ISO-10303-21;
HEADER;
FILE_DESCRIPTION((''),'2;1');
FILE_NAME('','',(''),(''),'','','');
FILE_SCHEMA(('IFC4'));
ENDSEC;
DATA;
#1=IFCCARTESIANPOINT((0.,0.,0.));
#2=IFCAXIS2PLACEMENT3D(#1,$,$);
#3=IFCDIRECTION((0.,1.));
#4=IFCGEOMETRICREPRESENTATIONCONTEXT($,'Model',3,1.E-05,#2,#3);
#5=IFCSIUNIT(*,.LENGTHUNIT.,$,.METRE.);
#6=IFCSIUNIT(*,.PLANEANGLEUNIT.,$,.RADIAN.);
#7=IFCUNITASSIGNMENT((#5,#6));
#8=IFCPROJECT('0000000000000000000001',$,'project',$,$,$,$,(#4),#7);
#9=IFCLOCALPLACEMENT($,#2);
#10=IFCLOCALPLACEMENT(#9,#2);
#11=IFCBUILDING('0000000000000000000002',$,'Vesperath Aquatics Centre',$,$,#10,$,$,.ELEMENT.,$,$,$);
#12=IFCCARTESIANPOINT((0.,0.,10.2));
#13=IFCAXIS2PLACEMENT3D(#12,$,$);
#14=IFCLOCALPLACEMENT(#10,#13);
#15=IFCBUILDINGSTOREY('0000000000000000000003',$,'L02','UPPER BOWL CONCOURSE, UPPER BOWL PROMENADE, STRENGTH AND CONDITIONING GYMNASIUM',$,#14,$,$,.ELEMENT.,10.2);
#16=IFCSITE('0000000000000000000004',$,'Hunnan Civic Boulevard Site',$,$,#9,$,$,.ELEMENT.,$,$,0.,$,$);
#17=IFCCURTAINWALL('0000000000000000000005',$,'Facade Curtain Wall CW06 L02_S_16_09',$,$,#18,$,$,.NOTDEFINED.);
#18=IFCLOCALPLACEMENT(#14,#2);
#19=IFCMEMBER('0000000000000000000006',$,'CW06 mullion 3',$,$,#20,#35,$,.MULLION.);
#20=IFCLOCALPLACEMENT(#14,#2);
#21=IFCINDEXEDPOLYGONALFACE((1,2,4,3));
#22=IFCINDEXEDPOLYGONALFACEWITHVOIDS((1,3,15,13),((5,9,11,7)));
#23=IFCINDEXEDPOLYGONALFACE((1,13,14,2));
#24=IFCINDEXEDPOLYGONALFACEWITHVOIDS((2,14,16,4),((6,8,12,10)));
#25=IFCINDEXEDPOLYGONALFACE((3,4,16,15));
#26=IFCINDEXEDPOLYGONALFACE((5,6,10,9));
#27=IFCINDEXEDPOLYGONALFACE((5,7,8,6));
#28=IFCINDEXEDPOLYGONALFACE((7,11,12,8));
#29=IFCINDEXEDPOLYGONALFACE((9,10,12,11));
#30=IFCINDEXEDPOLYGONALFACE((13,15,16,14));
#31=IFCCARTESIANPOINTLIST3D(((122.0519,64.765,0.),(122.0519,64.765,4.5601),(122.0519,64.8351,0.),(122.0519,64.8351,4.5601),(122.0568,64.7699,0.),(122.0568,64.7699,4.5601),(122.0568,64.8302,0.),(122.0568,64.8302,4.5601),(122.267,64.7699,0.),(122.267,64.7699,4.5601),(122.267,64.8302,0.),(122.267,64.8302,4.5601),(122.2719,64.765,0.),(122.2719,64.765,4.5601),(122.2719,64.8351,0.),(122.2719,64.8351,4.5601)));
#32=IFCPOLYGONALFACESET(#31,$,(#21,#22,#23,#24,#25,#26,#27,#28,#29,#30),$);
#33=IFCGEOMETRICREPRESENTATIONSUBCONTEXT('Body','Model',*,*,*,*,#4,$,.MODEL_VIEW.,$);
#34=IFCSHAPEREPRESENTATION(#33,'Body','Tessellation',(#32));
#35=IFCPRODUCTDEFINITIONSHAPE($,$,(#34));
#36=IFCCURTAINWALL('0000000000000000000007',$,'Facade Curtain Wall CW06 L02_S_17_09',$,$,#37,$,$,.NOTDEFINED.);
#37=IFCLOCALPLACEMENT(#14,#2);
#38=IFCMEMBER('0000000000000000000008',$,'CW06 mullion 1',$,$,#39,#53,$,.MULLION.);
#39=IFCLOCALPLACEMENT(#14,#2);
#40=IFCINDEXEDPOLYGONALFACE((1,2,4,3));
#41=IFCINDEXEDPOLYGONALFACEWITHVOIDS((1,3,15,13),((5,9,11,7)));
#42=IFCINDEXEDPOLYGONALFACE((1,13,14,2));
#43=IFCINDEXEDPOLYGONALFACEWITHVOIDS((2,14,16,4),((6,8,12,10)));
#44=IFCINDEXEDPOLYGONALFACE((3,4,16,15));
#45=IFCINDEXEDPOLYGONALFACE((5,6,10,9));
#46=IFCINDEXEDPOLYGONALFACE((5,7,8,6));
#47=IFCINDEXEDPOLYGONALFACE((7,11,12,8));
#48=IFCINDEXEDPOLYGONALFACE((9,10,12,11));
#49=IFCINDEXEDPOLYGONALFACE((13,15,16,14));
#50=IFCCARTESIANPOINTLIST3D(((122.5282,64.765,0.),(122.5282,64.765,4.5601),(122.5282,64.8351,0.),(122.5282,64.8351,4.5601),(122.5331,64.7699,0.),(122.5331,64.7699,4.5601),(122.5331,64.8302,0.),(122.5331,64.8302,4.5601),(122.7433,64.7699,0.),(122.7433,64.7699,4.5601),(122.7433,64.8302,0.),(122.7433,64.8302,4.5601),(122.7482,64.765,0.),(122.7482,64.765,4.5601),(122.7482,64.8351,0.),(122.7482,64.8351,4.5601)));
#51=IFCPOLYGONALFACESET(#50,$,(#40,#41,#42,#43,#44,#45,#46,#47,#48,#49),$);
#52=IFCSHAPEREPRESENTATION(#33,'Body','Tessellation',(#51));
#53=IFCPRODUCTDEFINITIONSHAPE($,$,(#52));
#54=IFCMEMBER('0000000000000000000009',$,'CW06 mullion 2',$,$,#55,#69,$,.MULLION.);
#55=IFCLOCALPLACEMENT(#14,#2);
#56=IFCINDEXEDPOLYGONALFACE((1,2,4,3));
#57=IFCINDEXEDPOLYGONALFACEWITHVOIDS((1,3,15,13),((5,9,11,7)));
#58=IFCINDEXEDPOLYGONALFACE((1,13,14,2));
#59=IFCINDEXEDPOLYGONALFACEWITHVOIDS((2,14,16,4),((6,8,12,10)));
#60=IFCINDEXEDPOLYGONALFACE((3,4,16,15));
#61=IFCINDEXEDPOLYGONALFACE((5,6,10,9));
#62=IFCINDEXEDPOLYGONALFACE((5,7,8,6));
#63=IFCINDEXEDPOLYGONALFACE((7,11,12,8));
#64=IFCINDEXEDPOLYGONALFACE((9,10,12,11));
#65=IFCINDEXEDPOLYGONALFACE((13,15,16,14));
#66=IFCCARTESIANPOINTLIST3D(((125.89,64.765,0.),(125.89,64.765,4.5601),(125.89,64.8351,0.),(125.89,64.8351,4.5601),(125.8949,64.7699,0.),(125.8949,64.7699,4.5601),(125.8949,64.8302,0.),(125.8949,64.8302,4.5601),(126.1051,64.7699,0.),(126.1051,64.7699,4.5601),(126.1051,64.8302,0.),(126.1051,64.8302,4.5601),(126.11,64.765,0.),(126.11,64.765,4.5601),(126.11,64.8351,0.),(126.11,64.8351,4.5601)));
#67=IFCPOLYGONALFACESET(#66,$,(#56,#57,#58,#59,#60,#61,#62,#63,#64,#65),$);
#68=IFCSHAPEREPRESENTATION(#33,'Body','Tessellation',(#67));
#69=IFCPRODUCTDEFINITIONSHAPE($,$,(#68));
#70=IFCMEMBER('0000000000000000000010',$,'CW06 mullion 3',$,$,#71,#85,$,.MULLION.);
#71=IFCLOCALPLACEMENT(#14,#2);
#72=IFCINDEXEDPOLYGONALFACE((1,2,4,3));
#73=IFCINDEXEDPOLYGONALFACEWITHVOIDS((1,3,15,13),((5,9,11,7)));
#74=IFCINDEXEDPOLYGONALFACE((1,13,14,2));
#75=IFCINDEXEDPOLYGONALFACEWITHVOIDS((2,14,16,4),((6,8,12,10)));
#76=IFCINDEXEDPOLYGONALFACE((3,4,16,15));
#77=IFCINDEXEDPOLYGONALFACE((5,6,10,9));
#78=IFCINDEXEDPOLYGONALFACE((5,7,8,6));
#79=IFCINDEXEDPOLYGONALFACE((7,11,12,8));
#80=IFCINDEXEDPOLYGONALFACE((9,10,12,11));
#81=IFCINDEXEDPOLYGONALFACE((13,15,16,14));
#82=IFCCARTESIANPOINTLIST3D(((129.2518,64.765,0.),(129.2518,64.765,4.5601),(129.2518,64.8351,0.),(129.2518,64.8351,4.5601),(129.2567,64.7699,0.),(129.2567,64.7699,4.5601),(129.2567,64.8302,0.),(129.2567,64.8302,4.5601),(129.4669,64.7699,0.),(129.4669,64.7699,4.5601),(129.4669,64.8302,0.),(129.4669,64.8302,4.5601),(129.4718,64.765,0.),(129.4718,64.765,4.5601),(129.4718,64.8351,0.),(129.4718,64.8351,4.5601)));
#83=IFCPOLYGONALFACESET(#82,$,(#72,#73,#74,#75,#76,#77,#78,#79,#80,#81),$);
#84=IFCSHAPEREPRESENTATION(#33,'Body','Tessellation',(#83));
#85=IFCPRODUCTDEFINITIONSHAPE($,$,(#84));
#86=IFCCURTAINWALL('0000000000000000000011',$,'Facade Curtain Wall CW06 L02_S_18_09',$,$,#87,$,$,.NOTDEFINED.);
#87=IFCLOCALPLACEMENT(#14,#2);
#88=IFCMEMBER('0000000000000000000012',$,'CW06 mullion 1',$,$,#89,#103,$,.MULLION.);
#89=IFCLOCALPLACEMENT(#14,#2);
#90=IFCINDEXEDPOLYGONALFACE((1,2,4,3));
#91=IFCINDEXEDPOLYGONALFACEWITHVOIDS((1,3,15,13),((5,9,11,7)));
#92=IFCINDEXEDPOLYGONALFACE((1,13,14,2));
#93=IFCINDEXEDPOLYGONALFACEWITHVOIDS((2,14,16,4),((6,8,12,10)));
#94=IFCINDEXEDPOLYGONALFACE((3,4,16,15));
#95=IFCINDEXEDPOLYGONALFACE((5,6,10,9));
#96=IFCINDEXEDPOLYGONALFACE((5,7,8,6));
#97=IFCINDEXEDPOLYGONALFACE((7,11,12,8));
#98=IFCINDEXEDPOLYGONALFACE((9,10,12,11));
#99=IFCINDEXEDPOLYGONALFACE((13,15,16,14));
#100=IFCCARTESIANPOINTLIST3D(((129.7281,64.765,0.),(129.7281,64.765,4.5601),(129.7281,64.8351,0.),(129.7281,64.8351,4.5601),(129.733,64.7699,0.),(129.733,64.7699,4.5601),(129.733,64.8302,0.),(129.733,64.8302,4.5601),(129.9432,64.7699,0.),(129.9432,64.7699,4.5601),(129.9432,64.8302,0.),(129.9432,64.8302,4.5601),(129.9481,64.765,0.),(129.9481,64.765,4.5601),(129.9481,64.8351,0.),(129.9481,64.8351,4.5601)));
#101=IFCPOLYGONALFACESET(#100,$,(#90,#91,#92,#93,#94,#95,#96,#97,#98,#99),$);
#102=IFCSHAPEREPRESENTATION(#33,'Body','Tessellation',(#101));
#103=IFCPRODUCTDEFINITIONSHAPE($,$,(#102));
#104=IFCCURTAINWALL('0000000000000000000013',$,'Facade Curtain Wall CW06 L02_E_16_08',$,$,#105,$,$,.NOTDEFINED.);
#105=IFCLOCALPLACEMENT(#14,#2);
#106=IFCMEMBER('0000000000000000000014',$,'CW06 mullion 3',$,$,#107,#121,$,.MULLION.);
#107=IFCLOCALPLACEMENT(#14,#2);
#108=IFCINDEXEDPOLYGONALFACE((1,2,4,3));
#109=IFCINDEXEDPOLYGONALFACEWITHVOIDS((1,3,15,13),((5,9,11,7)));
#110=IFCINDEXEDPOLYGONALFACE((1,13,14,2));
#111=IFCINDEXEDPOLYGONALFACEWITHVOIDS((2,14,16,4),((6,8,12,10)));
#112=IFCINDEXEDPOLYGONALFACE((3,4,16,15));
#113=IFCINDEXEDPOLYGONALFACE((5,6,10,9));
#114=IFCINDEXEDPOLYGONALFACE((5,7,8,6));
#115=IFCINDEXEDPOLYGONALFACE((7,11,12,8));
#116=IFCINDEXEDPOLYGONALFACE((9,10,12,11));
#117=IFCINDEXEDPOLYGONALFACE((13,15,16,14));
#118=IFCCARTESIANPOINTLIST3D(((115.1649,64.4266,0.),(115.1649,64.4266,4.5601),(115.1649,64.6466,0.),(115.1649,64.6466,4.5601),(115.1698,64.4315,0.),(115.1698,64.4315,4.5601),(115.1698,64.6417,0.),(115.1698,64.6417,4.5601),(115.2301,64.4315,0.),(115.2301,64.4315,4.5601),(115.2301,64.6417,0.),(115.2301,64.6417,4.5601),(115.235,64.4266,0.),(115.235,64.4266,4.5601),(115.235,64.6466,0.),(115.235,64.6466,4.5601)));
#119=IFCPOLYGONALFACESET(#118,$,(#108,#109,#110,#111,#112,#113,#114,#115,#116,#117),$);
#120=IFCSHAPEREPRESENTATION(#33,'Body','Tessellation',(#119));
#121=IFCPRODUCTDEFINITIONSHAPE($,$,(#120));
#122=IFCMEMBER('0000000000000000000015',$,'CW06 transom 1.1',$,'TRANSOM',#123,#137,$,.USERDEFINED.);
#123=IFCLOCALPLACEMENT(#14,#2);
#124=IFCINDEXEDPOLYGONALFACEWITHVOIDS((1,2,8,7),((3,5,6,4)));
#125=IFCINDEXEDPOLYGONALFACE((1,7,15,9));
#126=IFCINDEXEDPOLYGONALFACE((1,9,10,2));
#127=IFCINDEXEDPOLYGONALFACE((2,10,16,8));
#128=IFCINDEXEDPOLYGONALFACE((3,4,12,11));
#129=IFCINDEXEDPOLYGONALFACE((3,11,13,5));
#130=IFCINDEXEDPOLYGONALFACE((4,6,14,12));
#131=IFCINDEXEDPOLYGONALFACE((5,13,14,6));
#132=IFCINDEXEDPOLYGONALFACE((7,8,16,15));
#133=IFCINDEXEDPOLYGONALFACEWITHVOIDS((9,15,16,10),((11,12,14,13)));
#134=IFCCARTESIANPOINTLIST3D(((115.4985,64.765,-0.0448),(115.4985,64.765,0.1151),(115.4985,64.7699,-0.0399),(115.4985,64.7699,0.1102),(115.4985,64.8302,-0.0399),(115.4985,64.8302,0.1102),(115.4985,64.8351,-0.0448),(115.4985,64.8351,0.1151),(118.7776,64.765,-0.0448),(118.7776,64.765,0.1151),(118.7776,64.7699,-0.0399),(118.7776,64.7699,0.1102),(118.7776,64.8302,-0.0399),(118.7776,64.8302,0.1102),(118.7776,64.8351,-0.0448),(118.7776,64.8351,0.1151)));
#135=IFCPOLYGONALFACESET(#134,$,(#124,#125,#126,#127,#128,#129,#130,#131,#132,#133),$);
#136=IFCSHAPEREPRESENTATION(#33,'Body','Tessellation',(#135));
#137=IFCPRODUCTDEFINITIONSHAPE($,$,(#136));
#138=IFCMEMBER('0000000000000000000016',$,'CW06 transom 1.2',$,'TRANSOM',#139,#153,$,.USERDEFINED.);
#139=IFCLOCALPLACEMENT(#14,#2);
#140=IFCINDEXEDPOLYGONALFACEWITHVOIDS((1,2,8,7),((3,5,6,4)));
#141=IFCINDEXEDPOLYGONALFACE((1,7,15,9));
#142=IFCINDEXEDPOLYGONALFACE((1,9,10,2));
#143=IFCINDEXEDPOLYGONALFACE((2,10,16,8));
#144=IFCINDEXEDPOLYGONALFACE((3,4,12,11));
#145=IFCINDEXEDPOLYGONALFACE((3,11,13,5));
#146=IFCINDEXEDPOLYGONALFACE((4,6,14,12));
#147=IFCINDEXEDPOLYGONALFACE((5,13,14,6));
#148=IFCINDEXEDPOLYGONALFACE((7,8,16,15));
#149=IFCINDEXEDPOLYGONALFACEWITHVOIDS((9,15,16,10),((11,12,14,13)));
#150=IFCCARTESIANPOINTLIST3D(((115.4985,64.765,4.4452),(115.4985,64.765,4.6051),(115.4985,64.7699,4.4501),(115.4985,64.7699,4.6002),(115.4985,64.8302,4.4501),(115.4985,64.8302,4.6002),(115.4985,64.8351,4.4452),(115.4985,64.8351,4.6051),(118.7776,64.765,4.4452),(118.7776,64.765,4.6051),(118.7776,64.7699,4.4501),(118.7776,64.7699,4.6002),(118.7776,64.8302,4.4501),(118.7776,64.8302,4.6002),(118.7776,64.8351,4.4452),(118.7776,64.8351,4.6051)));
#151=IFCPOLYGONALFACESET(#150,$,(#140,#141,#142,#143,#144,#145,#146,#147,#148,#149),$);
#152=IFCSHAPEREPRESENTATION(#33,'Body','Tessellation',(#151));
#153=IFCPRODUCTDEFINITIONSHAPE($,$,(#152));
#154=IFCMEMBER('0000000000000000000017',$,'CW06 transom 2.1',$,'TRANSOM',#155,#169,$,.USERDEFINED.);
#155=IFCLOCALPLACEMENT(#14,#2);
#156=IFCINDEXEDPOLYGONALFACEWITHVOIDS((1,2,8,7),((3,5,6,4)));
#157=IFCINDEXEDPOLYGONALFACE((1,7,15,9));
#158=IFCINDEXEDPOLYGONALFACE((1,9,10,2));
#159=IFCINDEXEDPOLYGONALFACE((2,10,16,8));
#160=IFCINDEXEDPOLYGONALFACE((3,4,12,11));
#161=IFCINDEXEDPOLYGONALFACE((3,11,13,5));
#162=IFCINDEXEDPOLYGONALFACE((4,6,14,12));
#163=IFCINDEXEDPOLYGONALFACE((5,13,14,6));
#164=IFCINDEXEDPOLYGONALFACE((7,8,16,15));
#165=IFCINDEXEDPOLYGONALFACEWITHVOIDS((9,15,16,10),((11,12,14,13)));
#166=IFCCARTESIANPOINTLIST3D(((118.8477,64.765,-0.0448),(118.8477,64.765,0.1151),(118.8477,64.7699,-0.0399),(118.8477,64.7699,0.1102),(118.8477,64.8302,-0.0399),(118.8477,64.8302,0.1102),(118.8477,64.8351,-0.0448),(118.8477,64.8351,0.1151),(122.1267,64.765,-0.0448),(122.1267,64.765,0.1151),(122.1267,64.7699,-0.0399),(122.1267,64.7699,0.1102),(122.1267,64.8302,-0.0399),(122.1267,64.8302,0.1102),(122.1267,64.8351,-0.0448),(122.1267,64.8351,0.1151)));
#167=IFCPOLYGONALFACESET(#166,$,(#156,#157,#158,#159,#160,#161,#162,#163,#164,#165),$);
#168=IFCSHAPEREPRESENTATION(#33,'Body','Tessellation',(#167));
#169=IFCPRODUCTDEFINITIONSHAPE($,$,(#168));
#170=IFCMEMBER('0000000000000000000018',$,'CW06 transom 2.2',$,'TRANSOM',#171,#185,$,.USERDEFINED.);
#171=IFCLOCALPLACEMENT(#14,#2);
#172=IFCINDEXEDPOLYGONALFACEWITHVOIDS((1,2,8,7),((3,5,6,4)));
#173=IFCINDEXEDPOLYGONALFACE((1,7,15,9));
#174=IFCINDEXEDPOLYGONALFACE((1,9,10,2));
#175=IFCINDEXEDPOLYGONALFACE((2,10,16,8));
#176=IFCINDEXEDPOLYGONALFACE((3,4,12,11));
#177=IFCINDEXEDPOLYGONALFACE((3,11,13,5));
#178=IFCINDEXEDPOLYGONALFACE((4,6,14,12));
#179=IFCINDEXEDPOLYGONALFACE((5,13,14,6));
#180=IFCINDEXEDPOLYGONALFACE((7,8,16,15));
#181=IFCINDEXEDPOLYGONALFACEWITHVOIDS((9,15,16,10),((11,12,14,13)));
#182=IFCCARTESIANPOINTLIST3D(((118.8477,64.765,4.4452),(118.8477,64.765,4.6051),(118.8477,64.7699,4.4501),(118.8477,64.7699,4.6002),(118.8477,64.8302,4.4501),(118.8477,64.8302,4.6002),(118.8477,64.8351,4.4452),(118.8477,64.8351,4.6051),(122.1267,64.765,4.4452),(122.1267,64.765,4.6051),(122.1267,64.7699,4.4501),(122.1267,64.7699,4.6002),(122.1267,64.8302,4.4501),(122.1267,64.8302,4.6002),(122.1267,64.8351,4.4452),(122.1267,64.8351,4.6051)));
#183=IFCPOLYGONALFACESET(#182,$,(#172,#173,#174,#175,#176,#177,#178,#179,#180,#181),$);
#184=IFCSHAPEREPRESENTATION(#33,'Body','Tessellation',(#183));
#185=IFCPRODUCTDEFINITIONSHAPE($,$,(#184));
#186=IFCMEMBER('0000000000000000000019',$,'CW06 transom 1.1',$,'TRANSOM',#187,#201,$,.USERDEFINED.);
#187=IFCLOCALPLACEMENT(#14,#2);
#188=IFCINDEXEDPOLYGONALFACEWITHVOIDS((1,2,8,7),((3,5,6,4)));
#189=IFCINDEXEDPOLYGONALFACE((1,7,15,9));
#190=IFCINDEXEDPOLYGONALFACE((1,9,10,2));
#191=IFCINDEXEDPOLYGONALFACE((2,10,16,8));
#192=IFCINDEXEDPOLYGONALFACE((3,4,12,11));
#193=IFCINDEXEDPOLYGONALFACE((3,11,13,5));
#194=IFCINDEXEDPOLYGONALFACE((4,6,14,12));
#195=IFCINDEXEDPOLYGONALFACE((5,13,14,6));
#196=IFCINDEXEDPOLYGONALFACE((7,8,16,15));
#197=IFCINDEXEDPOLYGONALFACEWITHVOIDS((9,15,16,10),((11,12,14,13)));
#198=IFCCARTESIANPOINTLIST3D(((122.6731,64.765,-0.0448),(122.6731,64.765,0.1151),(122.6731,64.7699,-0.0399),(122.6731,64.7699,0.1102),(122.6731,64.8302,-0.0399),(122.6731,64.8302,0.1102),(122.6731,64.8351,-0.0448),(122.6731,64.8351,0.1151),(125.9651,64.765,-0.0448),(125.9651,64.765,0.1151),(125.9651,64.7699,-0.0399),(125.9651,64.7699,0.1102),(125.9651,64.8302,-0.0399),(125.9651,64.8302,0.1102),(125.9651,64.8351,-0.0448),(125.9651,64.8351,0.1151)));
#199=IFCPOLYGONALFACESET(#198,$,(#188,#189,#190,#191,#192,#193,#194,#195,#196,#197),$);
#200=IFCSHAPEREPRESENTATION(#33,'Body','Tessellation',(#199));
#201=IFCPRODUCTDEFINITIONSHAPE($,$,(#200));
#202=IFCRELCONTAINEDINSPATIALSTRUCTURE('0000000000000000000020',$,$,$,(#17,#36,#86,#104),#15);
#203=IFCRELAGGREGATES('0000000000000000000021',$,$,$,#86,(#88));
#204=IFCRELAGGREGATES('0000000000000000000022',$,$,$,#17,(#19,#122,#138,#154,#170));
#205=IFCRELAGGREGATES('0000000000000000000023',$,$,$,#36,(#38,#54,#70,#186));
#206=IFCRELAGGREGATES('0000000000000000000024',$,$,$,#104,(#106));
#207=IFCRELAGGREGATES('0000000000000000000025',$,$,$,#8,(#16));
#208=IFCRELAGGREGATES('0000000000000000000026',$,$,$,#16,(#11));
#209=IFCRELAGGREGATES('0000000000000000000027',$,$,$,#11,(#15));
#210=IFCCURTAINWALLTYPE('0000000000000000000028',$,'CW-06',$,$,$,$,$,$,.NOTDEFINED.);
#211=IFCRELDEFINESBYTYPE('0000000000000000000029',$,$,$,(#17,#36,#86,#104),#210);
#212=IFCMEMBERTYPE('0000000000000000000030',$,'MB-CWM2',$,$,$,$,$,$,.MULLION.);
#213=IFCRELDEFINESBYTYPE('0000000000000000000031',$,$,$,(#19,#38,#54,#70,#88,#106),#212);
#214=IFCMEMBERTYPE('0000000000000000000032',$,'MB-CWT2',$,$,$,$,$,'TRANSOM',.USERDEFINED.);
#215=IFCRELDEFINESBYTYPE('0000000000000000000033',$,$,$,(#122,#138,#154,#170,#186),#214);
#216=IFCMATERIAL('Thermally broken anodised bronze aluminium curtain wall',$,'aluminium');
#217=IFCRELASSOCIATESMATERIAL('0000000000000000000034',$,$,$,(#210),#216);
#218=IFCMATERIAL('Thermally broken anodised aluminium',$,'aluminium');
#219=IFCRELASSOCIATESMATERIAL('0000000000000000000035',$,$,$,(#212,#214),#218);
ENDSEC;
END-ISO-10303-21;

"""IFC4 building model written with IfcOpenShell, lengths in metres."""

from ifc_helpers import new_model, si_unit, direction, frame, origin, origin_2d, place, context, subcontext, project, spatial, hollow_rectangle, extrude, material, material_profile, profile_set, type_object, element, aggregate, save


model = new_model("IFC4")

# Units and contexts
model_context = context("Model", 3, precision=1e-05, world=origin(), true_north=direction((0.0, 1.0)))
body_context = subcontext(model_context, "Body", "Model", "MODEL_VIEW")
ifc_project = project(units=[si_unit("LENGTHUNIT", "METRE"), si_unit("PLANEANGLEUNIT", "RADIAN")], contexts=[model_context])

# Site, building, storey
site_placement = place(None, origin())
site = spatial("IfcSite", under=ifc_project, at=site_placement, Name="Hunnan Civic Boulevard Site", CompositionType="ELEMENT", RefElevation=0.0)
building_placement = place(site_placement, origin())
building = spatial("IfcBuilding", under=site, at=building_placement, Name="Vesperath Aquatics Centre", CompositionType="ELEMENT")
storey_placement = place(building_placement, frame((0.0, 0.0, 10.2)))
storey = spatial("IfcBuildingStorey", under=building, at=storey_placement, Name="L02", Description="UPPER BOWL CONCOURSE, UPPER BOWL PROMENADE, STRENGTH AND CONDITIONING GYMNASIUM", CompositionType="ELEMENT", Elevation=10.2)

# Curtain walls, members
ifc_material_1 = material(Name="Thermally broken anodised bronze aluminium curtain wall", Category="aluminium")
curtain_wall_type = type_object("IfcCurtainWallType", Name="CW-06", PredefinedType="NOTDEFINED", material=ifc_material_1)
curtain_wall_1_placement = place(storey_placement, origin())
curtain_wall_1 = element("IfcCurtainWall", 1, at=curtain_wall_1_placement, inside=storey, type_object=curtain_wall_type, Name="Facade Curtain Wall CW06 L02_S_16_09", PredefinedType="NOTDEFINED")
ifc_material_2 = material(Name="Thermally broken anodised aluminium", Category="aluminium")
ifc_material_profile_1 = material_profile(ifc_material_2, hollow_rectangle(XDim=0.0701, YDim=0.22, WallThickness=0.0049, at=origin_2d()), Name="CWM 70x220x5")
ifc_profile_set_1 = profile_set([ifc_material_profile_1], Name="Thermally broken anodised aluminium")
member_type_1 = type_object("IfcMemberType", Name="MB-CWM2", PredefinedType="MULLION", material=ifc_profile_set_1)
member_1_placement = place(storey_placement, frame((122.1619, 64.8, 0.0), z_axis=(0.0, 0.0, 1.0), x_axis=(0.0, 1.0, 0.0)))
member_1 = element("IfcMember", 2, at=member_1_placement, type_object=member_type_1, Name="CW06 mullion 3", PredefinedType="MULLION", context=body_context, shape_type="SweptSolid", body=[
    extrude(hollow_rectangle(XDim=0.0701, YDim=0.22, WallThickness=0.0049, at=origin_2d()), origin(), (0.0, 0.0, 1.0), 4.5601),
])
curtain_wall_2_placement = place(storey_placement, origin())
curtain_wall_2 = element("IfcCurtainWall", 3, at=curtain_wall_2_placement, inside=storey, type_object=curtain_wall_type, Name="Facade Curtain Wall CW06 L02_S_17_09", PredefinedType="NOTDEFINED")
member_2_placement = place(storey_placement, frame((122.6382, 64.8, 0.0), z_axis=(0.0, 0.0, 1.0), x_axis=(0.0, 1.0, 0.0)))
member_2 = element("IfcMember", 4, at=member_2_placement, type_object=member_type_1, Name="CW06 mullion 1", PredefinedType="MULLION", context=body_context, shape_type="SweptSolid", body=[
    extrude(hollow_rectangle(XDim=0.0701, YDim=0.22, WallThickness=0.0049, at=origin_2d()), origin(), (0.0, 0.0, 1.0), 4.5601),
])
member_3_placement = place(storey_placement, frame((126.0, 64.8, 0.0), z_axis=(0.0, 0.0, 1.0), x_axis=(0.0, 1.0, 0.0)))
member_3 = element("IfcMember", 5, at=member_3_placement, type_object=member_type_1, Name="CW06 mullion 2", PredefinedType="MULLION", context=body_context, shape_type="SweptSolid", body=[
    extrude(hollow_rectangle(XDim=0.0701, YDim=0.22, WallThickness=0.0049, at=origin_2d()), origin(), (0.0, 0.0, 1.0), 4.5601),
])
member_4_placement = place(storey_placement, frame((129.3618, 64.8, 0.0), z_axis=(0.0, 0.0, 1.0), x_axis=(0.0, 1.0, 0.0)))
member_4 = element("IfcMember", 6, at=member_4_placement, type_object=member_type_1, Name="CW06 mullion 3", PredefinedType="MULLION", context=body_context, shape_type="SweptSolid", body=[
    extrude(hollow_rectangle(XDim=0.0701, YDim=0.22, WallThickness=0.0049, at=origin_2d()), origin(), (0.0, 0.0, 1.0), 4.5601),
])

# Curtain walls, members
curtain_wall_3_placement = place(storey_placement, origin())
curtain_wall_3 = element("IfcCurtainWall", 7, at=curtain_wall_3_placement, inside=storey, type_object=curtain_wall_type, Name="Facade Curtain Wall CW06 L02_S_18_09", PredefinedType="NOTDEFINED")
member_5_placement = place(storey_placement, frame((129.8381, 64.8, 0.0), z_axis=(0.0, 0.0, 1.0), x_axis=(0.0, 1.0, 0.0)))
member_5 = element("IfcMember", 8, at=member_5_placement, type_object=member_type_1, Name="CW06 mullion 1", PredefinedType="MULLION", context=body_context, shape_type="SweptSolid", body=[
    extrude(hollow_rectangle(XDim=0.0701, YDim=0.22, WallThickness=0.0049, at=origin_2d()), origin(), (0.0, 0.0, 1.0), 4.5601),
])
curtain_wall_4_placement = place(storey_placement, origin())
curtain_wall_4 = element("IfcCurtainWall", 9, at=curtain_wall_4_placement, inside=storey, type_object=curtain_wall_type, Name="Facade Curtain Wall CW06 L02_E_16_08", PredefinedType="NOTDEFINED")
member_6_placement = place(storey_placement, frame((115.2, 64.5366, 0.0), z_axis=(0.0, 0.0, 1.0), x_axis=(-1.0, 0.0, 0.0)))
member_6 = element("IfcMember", 10, at=member_6_placement, type_object=member_type_1, Name="CW06 mullion 3", PredefinedType="MULLION", context=body_context, shape_type="SweptSolid", body=[
    extrude(hollow_rectangle(XDim=0.0701, YDim=0.22, WallThickness=0.0049, at=origin_2d()), origin(), (0.0, 0.0, 1.0), 4.5601),
])

# Members
ifc_material_profile_2 = material_profile(ifc_material_2, hollow_rectangle(XDim=0.0701, YDim=0.1599, WallThickness=0.0049, at=origin_2d()), Name="CWT 70x160x5")
ifc_profile_set_2 = profile_set([ifc_material_profile_2], Name="Thermally broken anodised aluminium")
member_type_2 = type_object("IfcMemberType", Name="MB-CWT2", ElementType="TRANSOM", PredefinedType="USERDEFINED", material=ifc_profile_set_2)
member_7_placement = place(storey_placement, frame((115.4985, 64.8, 0.0352), z_axis=(1.0, 0.0, 0.0), x_axis=(0.0, 1.0, 0.0)))
member_7 = element("IfcMember", 11, at=member_7_placement, type_object=member_type_2, Name="CW06 transom 1.1", ObjectType="TRANSOM", PredefinedType="USERDEFINED", context=body_context, shape_type="SweptSolid", body=[
    extrude(hollow_rectangle(XDim=0.0701, YDim=0.1599, WallThickness=0.0049, at=origin_2d()), origin(), (0.0, 0.0, 1.0), 3.2791),
])
member_8_placement = place(storey_placement, frame((115.4985, 64.8, 4.5251), z_axis=(1.0, 0.0, 0.0), x_axis=(0.0, 1.0, 0.0)))
member_8 = element("IfcMember", 12, at=member_8_placement, type_object=member_type_2, Name="CW06 transom 1.2", ObjectType="TRANSOM", PredefinedType="USERDEFINED", context=body_context, shape_type="SweptSolid", body=[
    extrude(hollow_rectangle(XDim=0.0701, YDim=0.1599, WallThickness=0.0049, at=origin_2d()), origin(), (0.0, 0.0, 1.0), 3.2791),
])
member_9_placement = place(storey_placement, frame((118.8477, 64.8, 0.0352), z_axis=(1.0, 0.0, 0.0), x_axis=(0.0, 1.0, 0.0)))
member_9 = element("IfcMember", 13, at=member_9_placement, type_object=member_type_2, Name="CW06 transom 2.1", ObjectType="TRANSOM", PredefinedType="USERDEFINED", context=body_context, shape_type="SweptSolid", body=[
    extrude(hollow_rectangle(XDim=0.0701, YDim=0.1599, WallThickness=0.0049, at=origin_2d()), origin(), (0.0, 0.0, 1.0), 3.2791),
])
member_10_placement = place(storey_placement, frame((118.8477, 64.8, 4.5251), z_axis=(1.0, 0.0, 0.0), x_axis=(0.0, 1.0, 0.0)))
member_10 = element("IfcMember", 14, at=member_10_placement, type_object=member_type_2, Name="CW06 transom 2.2", ObjectType="TRANSOM", PredefinedType="USERDEFINED", context=body_context, shape_type="SweptSolid", body=[
    extrude(hollow_rectangle(XDim=0.0701, YDim=0.1599, WallThickness=0.0049, at=origin_2d()), origin(), (0.0, 0.0, 1.0), 3.2791),
])
member_11_placement = place(storey_placement, frame((122.6731, 64.8, 0.0352), z_axis=(1.0, 0.0, 0.0), x_axis=(0.0, 1.0, 0.0)))
member_11 = element("IfcMember", 15, at=member_11_placement, type_object=member_type_2, Name="CW06 transom 1.1", ObjectType="TRANSOM", PredefinedType="USERDEFINED", context=body_context, shape_type="SweptSolid", body=[
    extrude(hollow_rectangle(XDim=0.0701, YDim=0.1599, WallThickness=0.0049, at=origin_2d()), origin(), (0.0, 0.0, 1.0), 3.292),
])
aggregate(curtain_wall_3, [member_5])

aggregate(curtain_wall_1, [member_1, member_7, member_8, member_9, member_10])
aggregate(curtain_wall_2, [member_2, member_3, member_4, member_11])
aggregate(curtain_wall_4, [member_6])

save(model, "model.ifc")
